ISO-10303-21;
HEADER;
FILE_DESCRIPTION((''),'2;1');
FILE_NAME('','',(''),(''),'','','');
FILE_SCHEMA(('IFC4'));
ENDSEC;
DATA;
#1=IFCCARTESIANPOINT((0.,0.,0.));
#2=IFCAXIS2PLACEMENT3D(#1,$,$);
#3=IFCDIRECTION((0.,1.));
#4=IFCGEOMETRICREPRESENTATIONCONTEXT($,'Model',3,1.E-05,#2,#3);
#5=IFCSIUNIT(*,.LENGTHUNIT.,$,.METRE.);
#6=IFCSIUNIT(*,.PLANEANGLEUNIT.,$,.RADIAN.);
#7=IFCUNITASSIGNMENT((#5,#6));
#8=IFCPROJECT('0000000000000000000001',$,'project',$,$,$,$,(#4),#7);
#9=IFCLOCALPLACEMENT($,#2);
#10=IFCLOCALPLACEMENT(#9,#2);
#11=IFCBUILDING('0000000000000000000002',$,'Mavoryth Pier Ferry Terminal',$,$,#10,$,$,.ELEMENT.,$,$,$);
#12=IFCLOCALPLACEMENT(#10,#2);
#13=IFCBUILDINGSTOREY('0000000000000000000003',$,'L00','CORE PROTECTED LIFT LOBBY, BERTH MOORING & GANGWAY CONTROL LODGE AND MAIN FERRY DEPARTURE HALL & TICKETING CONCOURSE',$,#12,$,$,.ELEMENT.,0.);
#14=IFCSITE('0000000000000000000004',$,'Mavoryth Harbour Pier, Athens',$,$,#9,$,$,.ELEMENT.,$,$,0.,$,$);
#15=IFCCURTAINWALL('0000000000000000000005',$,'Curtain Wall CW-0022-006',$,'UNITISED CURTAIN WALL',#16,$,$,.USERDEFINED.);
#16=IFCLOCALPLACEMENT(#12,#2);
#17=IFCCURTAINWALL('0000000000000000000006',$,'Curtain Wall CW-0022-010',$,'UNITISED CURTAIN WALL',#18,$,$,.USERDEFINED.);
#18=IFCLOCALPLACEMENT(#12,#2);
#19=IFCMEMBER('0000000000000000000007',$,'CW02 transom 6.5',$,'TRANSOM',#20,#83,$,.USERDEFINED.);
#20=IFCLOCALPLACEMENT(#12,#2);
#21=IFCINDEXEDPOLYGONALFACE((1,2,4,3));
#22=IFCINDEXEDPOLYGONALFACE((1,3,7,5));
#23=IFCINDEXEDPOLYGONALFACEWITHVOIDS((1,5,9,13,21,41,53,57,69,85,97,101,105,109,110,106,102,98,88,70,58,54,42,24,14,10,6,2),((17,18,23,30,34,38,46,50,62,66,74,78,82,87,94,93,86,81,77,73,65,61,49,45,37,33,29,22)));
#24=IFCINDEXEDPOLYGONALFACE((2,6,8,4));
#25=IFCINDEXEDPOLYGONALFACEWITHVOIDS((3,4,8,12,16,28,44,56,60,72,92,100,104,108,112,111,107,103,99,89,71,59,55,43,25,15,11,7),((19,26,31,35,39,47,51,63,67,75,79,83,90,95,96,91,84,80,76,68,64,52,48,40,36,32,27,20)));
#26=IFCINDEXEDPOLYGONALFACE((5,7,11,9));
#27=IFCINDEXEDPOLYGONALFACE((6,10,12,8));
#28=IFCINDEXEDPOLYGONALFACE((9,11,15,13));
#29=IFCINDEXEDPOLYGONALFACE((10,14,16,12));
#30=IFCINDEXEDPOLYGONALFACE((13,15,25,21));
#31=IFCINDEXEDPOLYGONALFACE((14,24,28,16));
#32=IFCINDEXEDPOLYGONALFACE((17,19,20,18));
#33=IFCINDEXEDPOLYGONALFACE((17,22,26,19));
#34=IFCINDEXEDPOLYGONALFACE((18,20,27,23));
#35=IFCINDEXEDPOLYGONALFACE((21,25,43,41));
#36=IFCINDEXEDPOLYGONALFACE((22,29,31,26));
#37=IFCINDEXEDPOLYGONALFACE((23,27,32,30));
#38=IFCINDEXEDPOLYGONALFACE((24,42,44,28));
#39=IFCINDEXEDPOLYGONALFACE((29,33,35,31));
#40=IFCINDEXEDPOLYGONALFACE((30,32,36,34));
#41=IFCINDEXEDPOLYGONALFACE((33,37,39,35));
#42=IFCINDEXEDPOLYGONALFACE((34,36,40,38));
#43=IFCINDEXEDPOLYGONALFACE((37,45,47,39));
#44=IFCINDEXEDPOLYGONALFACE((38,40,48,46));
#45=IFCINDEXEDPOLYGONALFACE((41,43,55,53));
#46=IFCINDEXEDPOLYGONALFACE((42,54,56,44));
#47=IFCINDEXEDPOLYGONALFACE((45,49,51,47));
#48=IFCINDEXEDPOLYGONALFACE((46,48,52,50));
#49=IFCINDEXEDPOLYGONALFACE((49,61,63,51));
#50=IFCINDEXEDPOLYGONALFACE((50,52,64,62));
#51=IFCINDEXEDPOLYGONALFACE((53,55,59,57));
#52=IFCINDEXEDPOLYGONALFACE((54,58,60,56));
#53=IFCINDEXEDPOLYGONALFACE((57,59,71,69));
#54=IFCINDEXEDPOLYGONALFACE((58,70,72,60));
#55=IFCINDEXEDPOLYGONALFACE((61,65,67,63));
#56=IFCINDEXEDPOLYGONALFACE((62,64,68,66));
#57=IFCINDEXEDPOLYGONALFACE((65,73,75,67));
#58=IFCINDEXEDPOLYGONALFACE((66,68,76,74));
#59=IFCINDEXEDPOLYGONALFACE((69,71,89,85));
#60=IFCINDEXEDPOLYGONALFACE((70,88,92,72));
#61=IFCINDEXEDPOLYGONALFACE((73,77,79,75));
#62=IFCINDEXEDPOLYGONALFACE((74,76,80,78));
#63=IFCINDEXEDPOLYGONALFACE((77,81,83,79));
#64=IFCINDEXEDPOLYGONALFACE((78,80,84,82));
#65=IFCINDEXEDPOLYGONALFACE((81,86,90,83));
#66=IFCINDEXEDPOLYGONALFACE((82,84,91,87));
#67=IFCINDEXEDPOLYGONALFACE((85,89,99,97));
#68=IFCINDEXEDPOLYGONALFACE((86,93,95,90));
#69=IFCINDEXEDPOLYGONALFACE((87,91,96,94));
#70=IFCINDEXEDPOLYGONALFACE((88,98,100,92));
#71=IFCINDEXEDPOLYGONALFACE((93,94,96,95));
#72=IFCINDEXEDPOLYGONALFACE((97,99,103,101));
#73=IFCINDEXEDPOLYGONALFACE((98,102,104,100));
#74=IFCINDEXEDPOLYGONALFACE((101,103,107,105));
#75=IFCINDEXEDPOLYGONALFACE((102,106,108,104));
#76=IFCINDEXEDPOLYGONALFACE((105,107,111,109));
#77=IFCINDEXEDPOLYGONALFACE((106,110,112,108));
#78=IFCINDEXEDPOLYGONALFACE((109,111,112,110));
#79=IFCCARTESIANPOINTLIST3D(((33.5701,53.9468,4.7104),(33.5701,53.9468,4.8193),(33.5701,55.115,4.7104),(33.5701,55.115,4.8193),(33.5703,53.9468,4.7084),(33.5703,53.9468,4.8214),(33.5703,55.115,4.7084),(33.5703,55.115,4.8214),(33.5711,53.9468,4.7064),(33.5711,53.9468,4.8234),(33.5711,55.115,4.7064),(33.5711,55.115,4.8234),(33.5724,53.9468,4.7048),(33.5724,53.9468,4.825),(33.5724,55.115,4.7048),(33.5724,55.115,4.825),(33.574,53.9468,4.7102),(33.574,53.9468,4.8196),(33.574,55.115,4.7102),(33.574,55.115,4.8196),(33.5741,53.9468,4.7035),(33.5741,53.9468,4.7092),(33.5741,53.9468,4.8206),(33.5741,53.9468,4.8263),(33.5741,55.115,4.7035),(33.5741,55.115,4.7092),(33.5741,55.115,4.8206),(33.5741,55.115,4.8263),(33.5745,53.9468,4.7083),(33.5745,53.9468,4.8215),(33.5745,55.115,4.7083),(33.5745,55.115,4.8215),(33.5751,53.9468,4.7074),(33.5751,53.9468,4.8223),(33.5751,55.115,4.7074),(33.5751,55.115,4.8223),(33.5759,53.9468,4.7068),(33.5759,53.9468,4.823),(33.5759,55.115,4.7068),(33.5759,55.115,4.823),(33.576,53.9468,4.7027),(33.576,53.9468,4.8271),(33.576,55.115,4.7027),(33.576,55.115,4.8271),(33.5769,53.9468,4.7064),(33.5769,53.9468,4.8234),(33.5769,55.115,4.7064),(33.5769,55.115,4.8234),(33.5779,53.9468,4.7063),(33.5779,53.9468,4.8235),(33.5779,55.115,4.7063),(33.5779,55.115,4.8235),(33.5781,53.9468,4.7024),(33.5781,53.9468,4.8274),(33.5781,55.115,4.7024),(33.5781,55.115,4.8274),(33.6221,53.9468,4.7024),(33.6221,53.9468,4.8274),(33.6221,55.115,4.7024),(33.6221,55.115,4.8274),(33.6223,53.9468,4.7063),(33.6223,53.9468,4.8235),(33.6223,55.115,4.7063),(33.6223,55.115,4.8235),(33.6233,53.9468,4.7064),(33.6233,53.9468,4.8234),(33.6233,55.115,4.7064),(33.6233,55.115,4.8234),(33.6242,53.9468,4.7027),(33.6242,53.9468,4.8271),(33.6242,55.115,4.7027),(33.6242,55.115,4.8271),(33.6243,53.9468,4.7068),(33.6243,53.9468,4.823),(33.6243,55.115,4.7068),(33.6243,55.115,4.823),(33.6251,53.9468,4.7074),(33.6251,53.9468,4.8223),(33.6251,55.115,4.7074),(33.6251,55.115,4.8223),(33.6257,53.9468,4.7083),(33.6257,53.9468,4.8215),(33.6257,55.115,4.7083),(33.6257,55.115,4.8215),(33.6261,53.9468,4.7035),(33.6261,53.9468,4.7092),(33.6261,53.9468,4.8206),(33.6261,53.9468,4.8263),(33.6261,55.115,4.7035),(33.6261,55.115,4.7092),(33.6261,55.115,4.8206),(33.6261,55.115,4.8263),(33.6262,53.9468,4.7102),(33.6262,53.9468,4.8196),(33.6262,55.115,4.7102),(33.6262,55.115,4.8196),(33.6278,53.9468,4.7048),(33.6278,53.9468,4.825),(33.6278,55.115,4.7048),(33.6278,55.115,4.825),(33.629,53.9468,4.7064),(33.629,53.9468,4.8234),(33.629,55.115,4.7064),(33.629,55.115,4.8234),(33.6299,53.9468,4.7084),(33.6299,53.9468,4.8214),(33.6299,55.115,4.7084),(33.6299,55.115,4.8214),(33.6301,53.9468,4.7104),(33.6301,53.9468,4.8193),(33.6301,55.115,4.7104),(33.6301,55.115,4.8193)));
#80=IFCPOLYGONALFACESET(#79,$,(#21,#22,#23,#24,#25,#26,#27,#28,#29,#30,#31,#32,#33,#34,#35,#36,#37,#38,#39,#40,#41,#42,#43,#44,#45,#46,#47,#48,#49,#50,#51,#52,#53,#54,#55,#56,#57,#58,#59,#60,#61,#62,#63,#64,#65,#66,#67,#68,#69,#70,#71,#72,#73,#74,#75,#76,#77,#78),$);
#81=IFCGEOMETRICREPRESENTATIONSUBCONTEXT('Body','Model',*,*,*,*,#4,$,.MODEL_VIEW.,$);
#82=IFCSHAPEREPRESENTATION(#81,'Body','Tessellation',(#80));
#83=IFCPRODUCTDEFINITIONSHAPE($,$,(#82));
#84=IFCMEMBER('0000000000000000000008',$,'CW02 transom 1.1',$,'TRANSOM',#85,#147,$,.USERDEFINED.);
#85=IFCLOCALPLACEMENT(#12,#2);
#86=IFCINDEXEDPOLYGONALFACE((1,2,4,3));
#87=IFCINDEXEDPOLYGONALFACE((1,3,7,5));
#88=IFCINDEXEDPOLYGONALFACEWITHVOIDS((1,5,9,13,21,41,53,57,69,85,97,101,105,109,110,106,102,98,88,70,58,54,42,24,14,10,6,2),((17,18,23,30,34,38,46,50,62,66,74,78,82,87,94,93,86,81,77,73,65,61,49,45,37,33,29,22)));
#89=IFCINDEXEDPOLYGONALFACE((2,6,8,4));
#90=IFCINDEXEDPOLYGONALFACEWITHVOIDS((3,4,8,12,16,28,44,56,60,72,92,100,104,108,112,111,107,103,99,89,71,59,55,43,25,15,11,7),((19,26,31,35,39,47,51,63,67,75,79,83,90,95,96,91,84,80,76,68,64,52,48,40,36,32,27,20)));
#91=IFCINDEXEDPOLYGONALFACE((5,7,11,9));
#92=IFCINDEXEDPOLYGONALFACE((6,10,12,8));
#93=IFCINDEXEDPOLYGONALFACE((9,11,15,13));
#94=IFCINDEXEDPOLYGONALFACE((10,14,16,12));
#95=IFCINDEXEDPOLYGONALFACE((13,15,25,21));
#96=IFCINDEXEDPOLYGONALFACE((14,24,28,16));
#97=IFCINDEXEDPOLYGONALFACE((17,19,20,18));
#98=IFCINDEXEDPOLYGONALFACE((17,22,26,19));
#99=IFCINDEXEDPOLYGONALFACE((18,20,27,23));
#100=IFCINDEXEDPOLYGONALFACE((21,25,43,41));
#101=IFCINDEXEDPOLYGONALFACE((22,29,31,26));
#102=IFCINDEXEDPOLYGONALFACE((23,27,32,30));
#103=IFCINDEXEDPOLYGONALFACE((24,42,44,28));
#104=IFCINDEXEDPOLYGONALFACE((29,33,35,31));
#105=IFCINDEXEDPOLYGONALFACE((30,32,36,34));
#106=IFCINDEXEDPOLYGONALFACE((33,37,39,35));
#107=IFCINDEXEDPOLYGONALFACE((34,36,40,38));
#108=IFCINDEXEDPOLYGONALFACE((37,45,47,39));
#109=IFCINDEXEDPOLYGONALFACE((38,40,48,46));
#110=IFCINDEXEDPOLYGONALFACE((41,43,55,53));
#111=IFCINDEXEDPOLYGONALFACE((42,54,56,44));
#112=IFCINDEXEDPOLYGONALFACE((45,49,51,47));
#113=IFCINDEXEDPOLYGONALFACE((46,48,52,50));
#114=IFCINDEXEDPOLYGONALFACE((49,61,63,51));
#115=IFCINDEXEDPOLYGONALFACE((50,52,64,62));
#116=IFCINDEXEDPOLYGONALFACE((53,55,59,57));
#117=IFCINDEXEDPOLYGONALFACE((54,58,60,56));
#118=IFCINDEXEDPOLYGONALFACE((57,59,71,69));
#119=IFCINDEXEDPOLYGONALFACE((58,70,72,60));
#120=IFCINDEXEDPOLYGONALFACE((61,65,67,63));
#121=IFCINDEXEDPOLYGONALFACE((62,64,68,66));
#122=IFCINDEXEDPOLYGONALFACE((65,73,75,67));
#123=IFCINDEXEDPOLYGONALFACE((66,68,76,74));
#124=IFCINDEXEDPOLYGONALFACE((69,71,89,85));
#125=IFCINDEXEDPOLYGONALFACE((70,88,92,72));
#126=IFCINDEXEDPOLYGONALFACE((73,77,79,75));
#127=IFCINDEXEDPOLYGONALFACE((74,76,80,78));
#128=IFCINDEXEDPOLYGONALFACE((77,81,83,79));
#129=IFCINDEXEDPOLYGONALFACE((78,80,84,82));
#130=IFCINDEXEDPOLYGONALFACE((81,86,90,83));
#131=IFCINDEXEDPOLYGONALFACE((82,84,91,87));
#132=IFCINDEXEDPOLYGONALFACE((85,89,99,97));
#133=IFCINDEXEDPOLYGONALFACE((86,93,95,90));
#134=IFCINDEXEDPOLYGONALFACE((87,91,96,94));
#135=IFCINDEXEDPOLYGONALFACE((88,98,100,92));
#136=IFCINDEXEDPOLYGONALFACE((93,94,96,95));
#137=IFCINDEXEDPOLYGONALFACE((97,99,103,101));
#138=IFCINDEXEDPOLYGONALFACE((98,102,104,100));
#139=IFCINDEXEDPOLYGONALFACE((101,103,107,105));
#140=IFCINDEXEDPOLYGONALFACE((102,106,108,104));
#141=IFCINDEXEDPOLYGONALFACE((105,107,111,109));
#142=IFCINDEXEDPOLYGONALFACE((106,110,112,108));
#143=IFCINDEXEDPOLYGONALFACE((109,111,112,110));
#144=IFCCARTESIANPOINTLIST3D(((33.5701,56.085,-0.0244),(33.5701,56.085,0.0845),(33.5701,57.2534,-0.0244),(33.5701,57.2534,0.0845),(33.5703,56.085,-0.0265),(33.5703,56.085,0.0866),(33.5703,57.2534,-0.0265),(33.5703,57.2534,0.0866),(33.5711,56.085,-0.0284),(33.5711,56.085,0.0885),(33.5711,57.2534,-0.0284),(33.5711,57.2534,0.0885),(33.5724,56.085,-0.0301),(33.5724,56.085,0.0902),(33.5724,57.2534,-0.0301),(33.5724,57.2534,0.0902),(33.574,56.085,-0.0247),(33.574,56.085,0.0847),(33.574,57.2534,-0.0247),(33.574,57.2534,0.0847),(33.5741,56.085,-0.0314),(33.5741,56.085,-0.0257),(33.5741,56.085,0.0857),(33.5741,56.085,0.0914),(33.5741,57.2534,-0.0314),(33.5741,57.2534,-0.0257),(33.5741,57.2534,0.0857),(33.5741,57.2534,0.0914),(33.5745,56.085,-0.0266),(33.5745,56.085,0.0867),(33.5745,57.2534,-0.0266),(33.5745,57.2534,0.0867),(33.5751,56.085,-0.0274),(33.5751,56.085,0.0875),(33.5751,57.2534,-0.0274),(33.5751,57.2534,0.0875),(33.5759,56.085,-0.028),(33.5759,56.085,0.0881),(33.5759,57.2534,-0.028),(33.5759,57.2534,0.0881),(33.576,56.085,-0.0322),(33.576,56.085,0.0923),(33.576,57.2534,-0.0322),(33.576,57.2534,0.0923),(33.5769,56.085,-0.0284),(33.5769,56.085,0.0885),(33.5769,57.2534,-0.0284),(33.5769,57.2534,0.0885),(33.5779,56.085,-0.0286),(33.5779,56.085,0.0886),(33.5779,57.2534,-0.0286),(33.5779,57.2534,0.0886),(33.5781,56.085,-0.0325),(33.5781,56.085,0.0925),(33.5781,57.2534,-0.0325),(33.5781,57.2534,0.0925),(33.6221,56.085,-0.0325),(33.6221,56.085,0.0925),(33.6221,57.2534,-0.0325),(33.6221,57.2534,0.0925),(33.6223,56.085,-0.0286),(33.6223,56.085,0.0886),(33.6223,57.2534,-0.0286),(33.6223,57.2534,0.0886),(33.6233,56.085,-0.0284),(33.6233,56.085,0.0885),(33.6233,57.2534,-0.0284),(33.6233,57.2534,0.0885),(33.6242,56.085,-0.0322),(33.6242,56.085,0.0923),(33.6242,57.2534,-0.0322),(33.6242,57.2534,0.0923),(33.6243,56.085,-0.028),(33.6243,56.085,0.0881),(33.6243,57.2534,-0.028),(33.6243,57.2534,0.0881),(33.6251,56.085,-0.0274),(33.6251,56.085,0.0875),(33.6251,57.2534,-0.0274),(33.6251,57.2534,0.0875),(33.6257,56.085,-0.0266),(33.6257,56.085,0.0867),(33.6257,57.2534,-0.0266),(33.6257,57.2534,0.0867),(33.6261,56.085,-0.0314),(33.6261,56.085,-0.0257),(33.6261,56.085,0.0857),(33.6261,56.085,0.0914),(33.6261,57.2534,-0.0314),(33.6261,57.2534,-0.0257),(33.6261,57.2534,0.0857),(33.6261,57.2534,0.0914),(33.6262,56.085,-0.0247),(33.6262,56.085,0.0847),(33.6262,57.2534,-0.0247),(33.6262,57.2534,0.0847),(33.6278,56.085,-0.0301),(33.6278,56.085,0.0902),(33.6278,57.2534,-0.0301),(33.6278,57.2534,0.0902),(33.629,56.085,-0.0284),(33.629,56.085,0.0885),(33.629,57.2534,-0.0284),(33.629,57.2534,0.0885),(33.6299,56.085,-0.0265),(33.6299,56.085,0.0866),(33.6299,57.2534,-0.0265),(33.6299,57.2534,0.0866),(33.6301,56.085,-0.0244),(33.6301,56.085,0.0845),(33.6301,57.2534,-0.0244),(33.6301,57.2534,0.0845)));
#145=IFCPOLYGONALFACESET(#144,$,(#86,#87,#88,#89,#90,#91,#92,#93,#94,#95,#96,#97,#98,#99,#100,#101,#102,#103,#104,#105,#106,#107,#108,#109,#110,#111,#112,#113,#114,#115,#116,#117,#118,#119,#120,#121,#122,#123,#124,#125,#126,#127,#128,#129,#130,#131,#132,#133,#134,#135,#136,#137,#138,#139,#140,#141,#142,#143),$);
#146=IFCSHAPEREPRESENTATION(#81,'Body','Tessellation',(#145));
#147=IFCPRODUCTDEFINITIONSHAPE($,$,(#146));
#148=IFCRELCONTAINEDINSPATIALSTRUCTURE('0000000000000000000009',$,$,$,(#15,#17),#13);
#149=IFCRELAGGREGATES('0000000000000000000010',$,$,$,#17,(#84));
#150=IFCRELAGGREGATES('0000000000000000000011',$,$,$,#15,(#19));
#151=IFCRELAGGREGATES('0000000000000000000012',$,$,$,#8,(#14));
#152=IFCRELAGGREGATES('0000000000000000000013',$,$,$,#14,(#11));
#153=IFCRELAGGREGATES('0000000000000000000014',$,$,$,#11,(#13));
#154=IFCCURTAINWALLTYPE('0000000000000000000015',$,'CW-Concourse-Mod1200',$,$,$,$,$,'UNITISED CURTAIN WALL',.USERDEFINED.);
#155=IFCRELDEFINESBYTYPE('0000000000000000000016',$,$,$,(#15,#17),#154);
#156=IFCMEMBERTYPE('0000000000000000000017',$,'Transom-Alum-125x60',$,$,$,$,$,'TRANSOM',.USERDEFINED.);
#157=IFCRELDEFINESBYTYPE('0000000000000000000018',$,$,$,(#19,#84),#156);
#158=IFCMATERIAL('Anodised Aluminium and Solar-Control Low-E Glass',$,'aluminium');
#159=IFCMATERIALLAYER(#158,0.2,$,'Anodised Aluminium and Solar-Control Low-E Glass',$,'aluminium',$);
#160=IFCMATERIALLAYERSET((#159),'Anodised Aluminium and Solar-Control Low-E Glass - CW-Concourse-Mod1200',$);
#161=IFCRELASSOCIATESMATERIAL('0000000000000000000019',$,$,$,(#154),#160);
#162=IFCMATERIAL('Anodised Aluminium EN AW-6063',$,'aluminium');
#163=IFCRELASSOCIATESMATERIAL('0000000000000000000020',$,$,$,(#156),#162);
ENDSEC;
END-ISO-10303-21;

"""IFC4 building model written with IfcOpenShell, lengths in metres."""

from ifc_helpers import new_model, si_unit, direction, frame, origin, origin_2d, place, context, subcontext, project, spatial, hollow_rectangle, extrude, material, layer, layer_set, material_profile, profile_set, type_object, element, aggregate, save


model = new_model("IFC4")

# Units and contexts
model_context = context("Model", 3, precision=1e-05, world=origin(), true_north=direction((0.0, 1.0)))
body_context = subcontext(model_context, "Body", "Model", "MODEL_VIEW")
ifc_project = project(units=[si_unit("LENGTHUNIT", "METRE"), si_unit("PLANEANGLEUNIT", "RADIAN")], contexts=[model_context])

# Site, building, storey
site_placement = place(None, origin())
site = spatial("IfcSite", under=ifc_project, at=site_placement, Name="Mavoryth Harbour Pier, Athens", CompositionType="ELEMENT", RefElevation=0.0)
building_placement = place(site_placement, origin())
building = spatial("IfcBuilding", under=site, at=building_placement, Name="Mavoryth Pier Ferry Terminal", CompositionType="ELEMENT")
storey_placement = place(building_placement, origin())
storey = spatial("IfcBuildingStorey", under=building, at=storey_placement, Name="L00", Description="CORE PROTECTED LIFT LOBBY, BERTH MOORING & GANGWAY CONTROL LODGE AND MAIN FERRY DEPARTURE HALL & TICKETING CONCOURSE", CompositionType="ELEMENT", Elevation=0.0)

# Curtain wall
ifc_material_1 = material(Name="Anodised Aluminium and Solar-Control Low-E Glass", Category="aluminium")
ifc_layer_1 = layer(ifc_material_1, 0.2, Name="Anodised Aluminium and Solar-Control Low-E Glass", Category="aluminium")
ifc_layer_set_1 = layer_set([ifc_layer_1], Name="Anodised Aluminium and Solar-Control Low-E Glass - CW-Concourse-Mod1200")
curtain_wall_type = type_object("IfcCurtainWallType", Name="CW-Concourse-Mod1200", ElementType="UNITISED CURTAIN WALL", PredefinedType="USERDEFINED", material=ifc_layer_set_1)
curtain_wall_1_placement = place(storey_placement, origin())
curtain_wall_1 = element("IfcCurtainWall", 1, at=curtain_wall_1_placement, inside=storey, type_object=curtain_wall_type, Name="Curtain Wall CW-0022-006", ObjectType="UNITISED CURTAIN WALL", PredefinedType="USERDEFINED")
ifc_material_2 = material(Name="Anodised Aluminium EN AW-6063", Category="aluminium")

# Curtain wall
curtain_wall_2_placement = place(storey_placement, origin())
curtain_wall_2 = element("IfcCurtainWall", 2, at=curtain_wall_2_placement, inside=storey, type_object=curtain_wall_type, Name="Curtain Wall CW-0022-010", ObjectType="UNITISED CURTAIN WALL", PredefinedType="USERDEFINED")

# Members
ifc_material_profile_1 = material_profile(ifc_material_2, hollow_rectangle(XDim=0.0601, YDim=0.125, WallThickness=0.0039, InnerFilletRadius=0.0039, OuterFilletRadius=0.0081, at=origin_2d()), Name="AL-TRAN 125x60x4", Category="aluminium")
ifc_profile_set_1 = profile_set([ifc_material_profile_1], Name="Anodised Aluminium EN AW-6063 - AL-TRAN 125x60x4")
member_type_1 = type_object("IfcMemberType", Name="Transom-Alum-125x60", ElementType="TRANSOM", PredefinedType="USERDEFINED", material=ifc_profile_set_1)
member_1_placement = place(storey_placement, frame((33.6001, 53.9468, 4.7649), z_axis=(0.0, 1.0, 0.0), x_axis=(-1.0, 0.0, 0.0)))
member_1 = element("IfcMember", 3, at=member_1_placement, type_object=member_type_1, Name="CW02 transom 6.5", ObjectType="TRANSOM", PredefinedType="USERDEFINED", context=body_context, shape_type="SweptSolid", body=[
    extrude(hollow_rectangle(XDim=0.0601, YDim=0.125, WallThickness=0.0039, InnerFilletRadius=0.0039, OuterFilletRadius=0.0081, at=origin_2d()), origin(), (0.0, 0.0, 1.0), 1.1682),
])
member_2_placement = place(storey_placement, frame((33.6001, 56.085, 0.03), z_axis=(0.0, 1.0, 0.0), x_axis=(-1.0, 0.0, 0.0)))
member_2 = element("IfcMember", 4, at=member_2_placement, type_object=member_type_1, Name="CW02 transom 1.1", ObjectType="TRANSOM", PredefinedType="USERDEFINED", context=body_context, shape_type="SweptSolid", body=[
    extrude(hollow_rectangle(XDim=0.0601, YDim=0.125, WallThickness=0.0039, InnerFilletRadius=0.0039, OuterFilletRadius=0.0081, at=origin_2d()), origin(), (0.0, 0.0, 1.0), 1.1685),
])
aggregate(curtain_wall_2, [member_2])

aggregate(curtain_wall_1, [member_1])

save(model, "model.ifc")
